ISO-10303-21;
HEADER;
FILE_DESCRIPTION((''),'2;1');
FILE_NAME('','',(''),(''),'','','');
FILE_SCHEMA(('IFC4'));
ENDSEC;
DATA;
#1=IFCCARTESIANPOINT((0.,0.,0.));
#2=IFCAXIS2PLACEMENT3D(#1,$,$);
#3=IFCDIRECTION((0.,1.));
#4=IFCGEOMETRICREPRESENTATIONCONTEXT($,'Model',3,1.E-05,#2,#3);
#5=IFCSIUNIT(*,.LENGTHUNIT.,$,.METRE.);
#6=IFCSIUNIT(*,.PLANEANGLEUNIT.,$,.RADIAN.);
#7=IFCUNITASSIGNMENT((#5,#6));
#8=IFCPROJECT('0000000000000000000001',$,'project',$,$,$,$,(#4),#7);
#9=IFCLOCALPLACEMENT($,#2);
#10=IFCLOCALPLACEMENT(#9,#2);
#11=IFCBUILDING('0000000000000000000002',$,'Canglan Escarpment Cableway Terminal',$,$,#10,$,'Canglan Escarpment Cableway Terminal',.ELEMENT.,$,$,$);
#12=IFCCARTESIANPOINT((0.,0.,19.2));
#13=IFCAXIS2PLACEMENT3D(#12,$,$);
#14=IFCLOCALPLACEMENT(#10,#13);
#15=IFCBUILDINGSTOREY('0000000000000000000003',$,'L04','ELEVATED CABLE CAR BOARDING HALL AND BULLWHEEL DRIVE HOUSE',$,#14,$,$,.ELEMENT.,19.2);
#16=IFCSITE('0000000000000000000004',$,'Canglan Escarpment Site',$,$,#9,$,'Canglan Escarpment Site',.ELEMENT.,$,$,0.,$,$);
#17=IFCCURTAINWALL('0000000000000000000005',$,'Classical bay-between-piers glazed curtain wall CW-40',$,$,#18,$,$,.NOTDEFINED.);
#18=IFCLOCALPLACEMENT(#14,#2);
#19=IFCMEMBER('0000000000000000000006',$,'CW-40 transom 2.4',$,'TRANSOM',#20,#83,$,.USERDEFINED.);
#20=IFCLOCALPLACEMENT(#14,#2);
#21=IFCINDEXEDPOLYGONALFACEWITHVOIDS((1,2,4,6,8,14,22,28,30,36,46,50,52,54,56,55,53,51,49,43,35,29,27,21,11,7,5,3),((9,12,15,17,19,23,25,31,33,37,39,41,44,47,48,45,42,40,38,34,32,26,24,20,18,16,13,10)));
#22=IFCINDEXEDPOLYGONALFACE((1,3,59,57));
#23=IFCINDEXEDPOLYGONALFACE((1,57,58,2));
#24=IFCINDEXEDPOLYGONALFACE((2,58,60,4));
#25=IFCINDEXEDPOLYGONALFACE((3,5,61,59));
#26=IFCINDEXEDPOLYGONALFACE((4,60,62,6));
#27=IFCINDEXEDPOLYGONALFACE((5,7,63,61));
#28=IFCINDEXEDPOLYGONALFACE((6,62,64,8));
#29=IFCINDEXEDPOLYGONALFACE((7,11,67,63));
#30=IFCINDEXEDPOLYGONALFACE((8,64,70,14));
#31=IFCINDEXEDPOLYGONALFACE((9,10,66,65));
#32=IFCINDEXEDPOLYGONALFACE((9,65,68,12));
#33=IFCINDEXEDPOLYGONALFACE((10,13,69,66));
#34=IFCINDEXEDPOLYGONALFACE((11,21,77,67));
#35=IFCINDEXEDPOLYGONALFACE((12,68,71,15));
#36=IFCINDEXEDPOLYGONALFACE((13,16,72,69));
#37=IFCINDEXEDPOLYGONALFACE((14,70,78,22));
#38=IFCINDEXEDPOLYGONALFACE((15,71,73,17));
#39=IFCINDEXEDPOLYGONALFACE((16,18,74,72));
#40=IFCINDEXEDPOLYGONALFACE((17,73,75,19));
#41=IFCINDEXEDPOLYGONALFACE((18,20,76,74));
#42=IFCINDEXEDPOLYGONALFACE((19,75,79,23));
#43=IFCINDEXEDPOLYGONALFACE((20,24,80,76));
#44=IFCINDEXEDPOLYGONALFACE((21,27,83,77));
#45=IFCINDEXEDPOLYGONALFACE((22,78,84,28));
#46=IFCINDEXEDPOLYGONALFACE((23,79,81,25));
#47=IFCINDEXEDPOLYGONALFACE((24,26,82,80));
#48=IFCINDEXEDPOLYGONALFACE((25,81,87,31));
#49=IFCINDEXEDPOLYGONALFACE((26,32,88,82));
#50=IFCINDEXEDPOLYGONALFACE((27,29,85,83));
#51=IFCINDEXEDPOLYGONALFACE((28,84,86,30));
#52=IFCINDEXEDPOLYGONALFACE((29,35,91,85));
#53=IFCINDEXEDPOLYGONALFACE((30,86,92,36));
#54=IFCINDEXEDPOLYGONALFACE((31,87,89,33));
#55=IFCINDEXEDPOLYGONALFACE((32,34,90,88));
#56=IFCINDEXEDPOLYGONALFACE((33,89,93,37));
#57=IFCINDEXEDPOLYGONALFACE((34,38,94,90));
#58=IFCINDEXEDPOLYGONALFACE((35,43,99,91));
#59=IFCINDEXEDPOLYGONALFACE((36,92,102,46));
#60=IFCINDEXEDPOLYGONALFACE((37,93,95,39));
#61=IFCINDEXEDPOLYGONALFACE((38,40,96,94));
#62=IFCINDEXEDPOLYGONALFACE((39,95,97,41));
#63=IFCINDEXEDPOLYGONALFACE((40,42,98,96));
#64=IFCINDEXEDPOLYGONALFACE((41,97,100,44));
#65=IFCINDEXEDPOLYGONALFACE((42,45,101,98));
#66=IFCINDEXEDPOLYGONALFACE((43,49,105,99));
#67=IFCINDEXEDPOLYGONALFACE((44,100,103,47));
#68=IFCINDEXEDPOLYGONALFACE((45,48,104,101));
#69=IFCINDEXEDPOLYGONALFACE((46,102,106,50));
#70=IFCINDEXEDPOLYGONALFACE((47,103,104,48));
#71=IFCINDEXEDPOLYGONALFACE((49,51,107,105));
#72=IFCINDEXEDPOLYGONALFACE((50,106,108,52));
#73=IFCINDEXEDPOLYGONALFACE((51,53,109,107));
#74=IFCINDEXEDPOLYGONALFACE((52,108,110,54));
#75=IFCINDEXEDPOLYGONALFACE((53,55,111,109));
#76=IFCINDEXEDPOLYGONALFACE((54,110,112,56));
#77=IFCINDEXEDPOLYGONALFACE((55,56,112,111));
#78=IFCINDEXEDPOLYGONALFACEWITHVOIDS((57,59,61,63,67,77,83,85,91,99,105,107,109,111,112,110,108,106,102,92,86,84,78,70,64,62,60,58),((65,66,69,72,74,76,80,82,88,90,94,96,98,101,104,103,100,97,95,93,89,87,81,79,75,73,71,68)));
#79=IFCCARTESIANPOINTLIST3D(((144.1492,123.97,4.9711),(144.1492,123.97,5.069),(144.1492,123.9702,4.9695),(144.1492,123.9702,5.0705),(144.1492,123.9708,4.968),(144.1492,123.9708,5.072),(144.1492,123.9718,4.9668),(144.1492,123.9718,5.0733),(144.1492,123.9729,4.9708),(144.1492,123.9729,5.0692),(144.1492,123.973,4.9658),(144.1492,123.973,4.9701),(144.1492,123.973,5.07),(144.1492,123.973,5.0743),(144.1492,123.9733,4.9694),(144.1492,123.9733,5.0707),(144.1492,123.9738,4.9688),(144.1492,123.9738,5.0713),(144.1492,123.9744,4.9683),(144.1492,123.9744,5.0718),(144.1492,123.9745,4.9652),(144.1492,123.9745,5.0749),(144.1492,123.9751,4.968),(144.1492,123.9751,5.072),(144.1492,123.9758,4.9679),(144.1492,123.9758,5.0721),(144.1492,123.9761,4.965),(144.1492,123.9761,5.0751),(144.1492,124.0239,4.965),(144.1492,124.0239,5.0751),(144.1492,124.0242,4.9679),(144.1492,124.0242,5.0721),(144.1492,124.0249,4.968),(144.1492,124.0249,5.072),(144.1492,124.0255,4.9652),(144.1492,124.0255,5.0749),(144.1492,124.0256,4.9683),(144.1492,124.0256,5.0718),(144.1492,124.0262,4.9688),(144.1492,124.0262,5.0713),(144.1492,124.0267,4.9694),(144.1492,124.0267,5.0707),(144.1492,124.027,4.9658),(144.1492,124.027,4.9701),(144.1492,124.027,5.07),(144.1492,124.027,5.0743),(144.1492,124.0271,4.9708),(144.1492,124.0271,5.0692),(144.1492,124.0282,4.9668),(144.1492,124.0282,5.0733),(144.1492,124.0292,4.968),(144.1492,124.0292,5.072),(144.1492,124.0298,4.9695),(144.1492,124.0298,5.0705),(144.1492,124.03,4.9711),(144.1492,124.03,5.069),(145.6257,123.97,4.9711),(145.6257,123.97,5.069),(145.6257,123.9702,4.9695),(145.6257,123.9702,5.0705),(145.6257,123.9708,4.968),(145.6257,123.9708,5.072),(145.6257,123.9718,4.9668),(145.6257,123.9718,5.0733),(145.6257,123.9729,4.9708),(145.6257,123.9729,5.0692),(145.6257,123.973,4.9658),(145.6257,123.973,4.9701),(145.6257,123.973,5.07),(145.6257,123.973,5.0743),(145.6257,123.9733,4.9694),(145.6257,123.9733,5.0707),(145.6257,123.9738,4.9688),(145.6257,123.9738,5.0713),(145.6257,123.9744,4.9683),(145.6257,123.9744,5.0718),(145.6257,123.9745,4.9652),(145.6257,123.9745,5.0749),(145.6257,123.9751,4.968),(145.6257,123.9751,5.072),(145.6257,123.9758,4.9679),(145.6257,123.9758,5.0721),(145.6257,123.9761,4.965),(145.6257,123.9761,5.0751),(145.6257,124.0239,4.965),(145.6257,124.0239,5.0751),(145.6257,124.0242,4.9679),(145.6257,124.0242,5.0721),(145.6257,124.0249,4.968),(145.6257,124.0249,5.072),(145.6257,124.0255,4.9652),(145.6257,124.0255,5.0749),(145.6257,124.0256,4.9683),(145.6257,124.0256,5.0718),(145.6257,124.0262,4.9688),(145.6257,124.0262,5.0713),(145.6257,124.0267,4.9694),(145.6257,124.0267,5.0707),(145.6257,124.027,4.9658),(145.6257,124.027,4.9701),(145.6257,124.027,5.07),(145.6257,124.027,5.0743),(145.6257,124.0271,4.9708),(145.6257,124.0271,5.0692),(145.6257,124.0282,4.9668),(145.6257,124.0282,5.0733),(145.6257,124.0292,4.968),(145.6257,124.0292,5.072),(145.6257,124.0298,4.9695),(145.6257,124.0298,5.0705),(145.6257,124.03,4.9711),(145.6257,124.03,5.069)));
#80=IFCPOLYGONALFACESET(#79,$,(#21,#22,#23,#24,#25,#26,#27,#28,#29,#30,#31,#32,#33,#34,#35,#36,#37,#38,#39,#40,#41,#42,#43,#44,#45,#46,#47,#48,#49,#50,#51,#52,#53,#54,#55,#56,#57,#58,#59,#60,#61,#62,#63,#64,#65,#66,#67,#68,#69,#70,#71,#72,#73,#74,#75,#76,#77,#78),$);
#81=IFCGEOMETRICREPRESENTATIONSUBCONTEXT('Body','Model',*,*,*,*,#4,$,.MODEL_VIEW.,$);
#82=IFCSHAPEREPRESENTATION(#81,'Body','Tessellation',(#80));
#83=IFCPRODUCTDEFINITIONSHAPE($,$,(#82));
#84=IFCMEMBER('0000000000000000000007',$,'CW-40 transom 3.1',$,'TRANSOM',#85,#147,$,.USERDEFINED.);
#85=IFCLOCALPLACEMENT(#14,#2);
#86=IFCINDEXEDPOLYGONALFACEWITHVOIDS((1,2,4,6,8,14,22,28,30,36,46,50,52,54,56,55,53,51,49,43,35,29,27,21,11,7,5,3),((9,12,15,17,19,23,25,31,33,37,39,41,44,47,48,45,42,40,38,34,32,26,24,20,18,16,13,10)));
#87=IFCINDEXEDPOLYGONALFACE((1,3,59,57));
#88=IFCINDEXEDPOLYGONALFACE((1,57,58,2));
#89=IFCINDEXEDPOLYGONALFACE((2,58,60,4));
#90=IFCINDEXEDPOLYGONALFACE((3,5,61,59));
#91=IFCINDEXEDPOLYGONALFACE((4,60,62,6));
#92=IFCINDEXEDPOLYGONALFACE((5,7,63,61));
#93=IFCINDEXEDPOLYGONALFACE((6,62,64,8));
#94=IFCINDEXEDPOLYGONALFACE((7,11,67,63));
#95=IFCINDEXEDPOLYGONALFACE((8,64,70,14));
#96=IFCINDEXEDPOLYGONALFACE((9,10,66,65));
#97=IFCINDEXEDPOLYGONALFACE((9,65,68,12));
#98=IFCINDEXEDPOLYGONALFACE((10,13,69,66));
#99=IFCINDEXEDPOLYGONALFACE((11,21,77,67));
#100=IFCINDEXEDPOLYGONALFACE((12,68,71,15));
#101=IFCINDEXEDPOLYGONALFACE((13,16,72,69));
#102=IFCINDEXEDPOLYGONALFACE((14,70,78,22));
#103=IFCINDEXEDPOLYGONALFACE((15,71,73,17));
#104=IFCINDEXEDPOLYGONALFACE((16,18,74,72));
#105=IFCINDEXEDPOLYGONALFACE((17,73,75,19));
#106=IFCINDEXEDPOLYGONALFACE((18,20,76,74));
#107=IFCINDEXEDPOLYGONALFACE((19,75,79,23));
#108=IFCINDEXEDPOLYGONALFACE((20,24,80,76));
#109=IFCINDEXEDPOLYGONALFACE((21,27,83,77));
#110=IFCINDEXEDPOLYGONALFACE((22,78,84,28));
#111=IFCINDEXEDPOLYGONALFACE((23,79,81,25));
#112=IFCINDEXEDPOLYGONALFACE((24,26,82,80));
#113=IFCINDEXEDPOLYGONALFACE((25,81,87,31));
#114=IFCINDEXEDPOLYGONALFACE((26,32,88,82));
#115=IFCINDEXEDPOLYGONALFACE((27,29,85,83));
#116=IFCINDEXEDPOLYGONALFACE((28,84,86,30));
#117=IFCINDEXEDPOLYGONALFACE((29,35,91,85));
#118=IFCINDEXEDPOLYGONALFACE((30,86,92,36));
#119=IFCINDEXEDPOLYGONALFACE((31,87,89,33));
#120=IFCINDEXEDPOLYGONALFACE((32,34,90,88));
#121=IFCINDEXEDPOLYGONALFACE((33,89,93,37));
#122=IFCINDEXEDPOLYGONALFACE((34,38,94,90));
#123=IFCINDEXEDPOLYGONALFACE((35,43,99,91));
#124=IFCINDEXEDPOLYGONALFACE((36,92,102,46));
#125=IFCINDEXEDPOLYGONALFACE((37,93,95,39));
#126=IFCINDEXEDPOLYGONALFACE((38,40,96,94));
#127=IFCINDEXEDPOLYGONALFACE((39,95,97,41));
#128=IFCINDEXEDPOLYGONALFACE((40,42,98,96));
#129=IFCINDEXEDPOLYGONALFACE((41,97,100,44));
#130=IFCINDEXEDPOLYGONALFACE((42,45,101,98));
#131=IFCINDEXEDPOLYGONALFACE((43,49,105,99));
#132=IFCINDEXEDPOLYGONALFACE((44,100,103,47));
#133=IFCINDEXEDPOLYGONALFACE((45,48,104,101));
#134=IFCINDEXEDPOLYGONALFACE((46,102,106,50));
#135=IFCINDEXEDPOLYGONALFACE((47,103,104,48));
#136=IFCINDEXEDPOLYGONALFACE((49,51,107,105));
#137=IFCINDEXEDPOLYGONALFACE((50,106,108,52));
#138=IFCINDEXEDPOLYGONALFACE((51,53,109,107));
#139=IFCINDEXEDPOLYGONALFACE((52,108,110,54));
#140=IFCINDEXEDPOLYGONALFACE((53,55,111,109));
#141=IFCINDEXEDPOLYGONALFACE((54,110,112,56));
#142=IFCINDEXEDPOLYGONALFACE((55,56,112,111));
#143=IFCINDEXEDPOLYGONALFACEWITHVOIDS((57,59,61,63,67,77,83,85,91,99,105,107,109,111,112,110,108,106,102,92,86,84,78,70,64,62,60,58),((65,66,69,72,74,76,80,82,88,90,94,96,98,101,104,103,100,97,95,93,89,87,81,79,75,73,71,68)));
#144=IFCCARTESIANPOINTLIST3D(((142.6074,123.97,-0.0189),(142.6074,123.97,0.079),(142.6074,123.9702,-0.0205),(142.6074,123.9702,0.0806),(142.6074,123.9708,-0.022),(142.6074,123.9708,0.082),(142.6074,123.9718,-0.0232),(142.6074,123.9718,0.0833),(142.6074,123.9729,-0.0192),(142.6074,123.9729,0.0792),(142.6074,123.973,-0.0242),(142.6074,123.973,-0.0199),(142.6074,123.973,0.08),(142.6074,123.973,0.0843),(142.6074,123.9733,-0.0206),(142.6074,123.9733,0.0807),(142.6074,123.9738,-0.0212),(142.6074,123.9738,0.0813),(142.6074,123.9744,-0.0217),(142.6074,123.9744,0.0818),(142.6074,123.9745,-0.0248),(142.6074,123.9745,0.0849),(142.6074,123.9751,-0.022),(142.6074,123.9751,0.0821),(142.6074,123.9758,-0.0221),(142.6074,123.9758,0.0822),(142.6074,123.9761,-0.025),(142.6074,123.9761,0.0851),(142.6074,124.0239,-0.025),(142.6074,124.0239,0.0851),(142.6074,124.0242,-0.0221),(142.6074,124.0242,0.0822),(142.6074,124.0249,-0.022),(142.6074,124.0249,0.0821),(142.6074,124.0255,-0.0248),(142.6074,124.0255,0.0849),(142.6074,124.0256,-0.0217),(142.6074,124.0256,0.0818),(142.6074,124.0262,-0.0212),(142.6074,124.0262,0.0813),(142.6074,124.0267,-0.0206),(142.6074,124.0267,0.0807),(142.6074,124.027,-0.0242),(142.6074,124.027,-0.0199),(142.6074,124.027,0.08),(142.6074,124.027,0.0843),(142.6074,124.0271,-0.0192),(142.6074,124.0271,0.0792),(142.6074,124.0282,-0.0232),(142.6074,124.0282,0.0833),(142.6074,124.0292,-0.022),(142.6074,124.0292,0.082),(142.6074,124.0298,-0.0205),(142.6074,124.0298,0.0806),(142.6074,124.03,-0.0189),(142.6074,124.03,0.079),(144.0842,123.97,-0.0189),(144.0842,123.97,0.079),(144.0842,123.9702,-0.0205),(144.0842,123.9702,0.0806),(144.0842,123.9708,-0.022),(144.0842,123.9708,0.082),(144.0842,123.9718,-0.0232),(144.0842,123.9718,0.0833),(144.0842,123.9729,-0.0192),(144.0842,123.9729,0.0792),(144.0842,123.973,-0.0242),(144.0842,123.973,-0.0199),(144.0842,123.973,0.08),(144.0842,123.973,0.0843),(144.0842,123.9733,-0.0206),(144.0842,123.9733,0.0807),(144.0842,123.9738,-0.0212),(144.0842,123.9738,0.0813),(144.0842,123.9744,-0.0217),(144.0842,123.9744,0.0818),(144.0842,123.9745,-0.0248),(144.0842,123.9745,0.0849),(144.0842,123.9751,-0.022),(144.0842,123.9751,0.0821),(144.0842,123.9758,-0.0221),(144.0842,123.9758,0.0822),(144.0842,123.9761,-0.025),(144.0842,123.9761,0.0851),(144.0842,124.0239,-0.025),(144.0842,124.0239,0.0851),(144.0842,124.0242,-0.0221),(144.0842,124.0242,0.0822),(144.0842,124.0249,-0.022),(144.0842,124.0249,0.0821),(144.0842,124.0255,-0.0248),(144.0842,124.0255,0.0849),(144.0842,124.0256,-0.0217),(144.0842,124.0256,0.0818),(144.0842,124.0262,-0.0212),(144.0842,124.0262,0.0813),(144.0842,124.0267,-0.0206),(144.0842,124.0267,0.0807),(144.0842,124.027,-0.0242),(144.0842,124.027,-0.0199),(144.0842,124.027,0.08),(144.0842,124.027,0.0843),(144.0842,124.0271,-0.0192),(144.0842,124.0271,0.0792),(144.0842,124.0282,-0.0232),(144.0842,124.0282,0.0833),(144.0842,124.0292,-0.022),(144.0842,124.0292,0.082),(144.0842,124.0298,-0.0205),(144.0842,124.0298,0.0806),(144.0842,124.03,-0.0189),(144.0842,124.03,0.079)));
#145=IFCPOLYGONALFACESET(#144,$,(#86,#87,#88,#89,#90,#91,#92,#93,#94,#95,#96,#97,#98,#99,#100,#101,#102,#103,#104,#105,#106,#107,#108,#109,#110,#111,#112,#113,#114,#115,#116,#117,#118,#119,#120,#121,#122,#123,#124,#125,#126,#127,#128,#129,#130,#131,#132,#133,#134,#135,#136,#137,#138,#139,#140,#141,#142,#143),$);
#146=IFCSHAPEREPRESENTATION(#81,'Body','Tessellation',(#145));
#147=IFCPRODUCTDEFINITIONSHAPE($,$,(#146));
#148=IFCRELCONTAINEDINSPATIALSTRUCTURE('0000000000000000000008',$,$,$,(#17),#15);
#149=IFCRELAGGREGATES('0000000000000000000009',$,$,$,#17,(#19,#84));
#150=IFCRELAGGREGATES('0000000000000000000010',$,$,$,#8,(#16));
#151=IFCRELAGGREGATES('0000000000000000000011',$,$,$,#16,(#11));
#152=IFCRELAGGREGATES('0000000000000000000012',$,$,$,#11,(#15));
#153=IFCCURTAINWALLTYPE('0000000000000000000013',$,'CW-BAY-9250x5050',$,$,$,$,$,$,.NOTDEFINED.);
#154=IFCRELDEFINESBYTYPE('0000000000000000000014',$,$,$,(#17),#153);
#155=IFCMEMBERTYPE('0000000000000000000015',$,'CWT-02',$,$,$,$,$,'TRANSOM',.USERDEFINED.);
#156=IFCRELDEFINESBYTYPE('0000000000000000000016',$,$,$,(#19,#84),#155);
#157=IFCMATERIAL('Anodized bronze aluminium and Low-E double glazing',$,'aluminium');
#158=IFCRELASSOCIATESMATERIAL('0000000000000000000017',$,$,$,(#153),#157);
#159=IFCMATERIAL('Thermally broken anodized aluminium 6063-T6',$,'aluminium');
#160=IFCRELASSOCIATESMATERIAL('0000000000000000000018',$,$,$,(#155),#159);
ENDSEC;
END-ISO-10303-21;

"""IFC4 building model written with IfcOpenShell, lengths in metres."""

from ifc_helpers import new_model, si_unit, direction, frame, origin, origin_2d, place, context, subcontext, project, spatial, hollow_rectangle, extrude, material, material_profile, profile_set, type_object, element, aggregate, save


model = new_model("IFC4")

# Units and contexts
model_context = context("Model", 3, precision=1e-05, world=origin(), true_north=direction((0.0, 1.0)))
body_context = subcontext(model_context, "Body", "Model", "MODEL_VIEW")
ifc_project = project(units=[si_unit("LENGTHUNIT", "METRE"), si_unit("PLANEANGLEUNIT", "RADIAN")], contexts=[model_context])

# Site, building, storey
site_placement = place(None, origin())
site = spatial("IfcSite", under=ifc_project, at=site_placement, Name="Canglan Escarpment Site", LongName="Canglan Escarpment Site", CompositionType="ELEMENT", RefElevation=0.0)
building_placement = place(site_placement, origin())
building = spatial("IfcBuilding", under=site, at=building_placement, Name="Canglan Escarpment Cableway Terminal", LongName="Canglan Escarpment Cableway Terminal", CompositionType="ELEMENT")
storey_placement = place(building_placement, frame((0.0, 0.0, 19.2)))
storey = spatial("IfcBuildingStorey", under=building, at=storey_placement, Name="L04", Description="ELEVATED CABLE CAR BOARDING HALL AND BULLWHEEL DRIVE HOUSE", CompositionType="ELEMENT", Elevation=19.2)

# Curtain wall, members
ifc_material_1 = material(Name="Anodized bronze aluminium and Low-E double glazing", Category="aluminium")
curtain_wall_type = type_object("IfcCurtainWallType", Name="CW-BAY-9250x5050", PredefinedType="NOTDEFINED", material=ifc_material_1)
curtain_wall_placement = place(storey_placement, origin())
curtain_wall = element("IfcCurtainWall", 1, at=curtain_wall_placement, inside=storey, type_object=curtain_wall_type, Name="Classical bay-between-piers glazed curtain wall CW-40", PredefinedType="NOTDEFINED")
ifc_material_2 = material(Name="Thermally broken anodized aluminium 6063-T6", Category="aluminium")
ifc_material_profile_1 = material_profile(ifc_material_2, hollow_rectangle(XDim=0.0601, YDim=0.1101, WallThickness=0.0029, InnerFilletRadius=0.0029, OuterFilletRadius=0.0061, at=origin_2d()), Name="ALU-TRAN 60x110x3")
ifc_profile_set_1 = profile_set([ifc_material_profile_1], Name="Thermally broken anodized aluminium 6063-T6")
member_type_1 = type_object("IfcMemberType", Name="CWT-02", ElementType="TRANSOM", PredefinedType="USERDEFINED", material=ifc_profile_set_1)
member_1_placement = place(storey_placement, frame((145.6257, 124.0, 5.02), z_axis=(-1.0, 0.0, 0.0), x_axis=(0.0, -1.0, 0.0)))
member_1 = element("IfcMember", 2, at=member_1_placement, type_object=member_type_1, Name="CW-40 transom 2.4", ObjectType="TRANSOM", PredefinedType="USERDEFINED", context=body_context, shape_type="SweptSolid", body=[
    extrude(hollow_rectangle(XDim=0.0601, YDim=0.1101, WallThickness=0.0029, InnerFilletRadius=0.0029, OuterFilletRadius=0.0061, at=origin_2d()), origin(), (0.0, 0.0, 1.0), 1.4766),
])
member_2_placement = place(storey_placement, frame((144.0842, 124.0, 0.03), z_axis=(-1.0, 0.0, 0.0), x_axis=(0.0, -1.0, 0.0)))
member_2 = element("IfcMember", 3, at=member_2_placement, type_object=member_type_1, Name="CW-40 transom 3.1", ObjectType="TRANSOM", PredefinedType="USERDEFINED", context=body_context, shape_type="SweptSolid", body=[
    extrude(hollow_rectangle(XDim=0.0601, YDim=0.1101, WallThickness=0.0029, InnerFilletRadius=0.0029, OuterFilletRadius=0.0061, at=origin_2d()), origin(), (0.0, 0.0, 1.0), 1.4768),
])
aggregate(curtain_wall, [member_1, member_2])

save(model, "model.ifc")
